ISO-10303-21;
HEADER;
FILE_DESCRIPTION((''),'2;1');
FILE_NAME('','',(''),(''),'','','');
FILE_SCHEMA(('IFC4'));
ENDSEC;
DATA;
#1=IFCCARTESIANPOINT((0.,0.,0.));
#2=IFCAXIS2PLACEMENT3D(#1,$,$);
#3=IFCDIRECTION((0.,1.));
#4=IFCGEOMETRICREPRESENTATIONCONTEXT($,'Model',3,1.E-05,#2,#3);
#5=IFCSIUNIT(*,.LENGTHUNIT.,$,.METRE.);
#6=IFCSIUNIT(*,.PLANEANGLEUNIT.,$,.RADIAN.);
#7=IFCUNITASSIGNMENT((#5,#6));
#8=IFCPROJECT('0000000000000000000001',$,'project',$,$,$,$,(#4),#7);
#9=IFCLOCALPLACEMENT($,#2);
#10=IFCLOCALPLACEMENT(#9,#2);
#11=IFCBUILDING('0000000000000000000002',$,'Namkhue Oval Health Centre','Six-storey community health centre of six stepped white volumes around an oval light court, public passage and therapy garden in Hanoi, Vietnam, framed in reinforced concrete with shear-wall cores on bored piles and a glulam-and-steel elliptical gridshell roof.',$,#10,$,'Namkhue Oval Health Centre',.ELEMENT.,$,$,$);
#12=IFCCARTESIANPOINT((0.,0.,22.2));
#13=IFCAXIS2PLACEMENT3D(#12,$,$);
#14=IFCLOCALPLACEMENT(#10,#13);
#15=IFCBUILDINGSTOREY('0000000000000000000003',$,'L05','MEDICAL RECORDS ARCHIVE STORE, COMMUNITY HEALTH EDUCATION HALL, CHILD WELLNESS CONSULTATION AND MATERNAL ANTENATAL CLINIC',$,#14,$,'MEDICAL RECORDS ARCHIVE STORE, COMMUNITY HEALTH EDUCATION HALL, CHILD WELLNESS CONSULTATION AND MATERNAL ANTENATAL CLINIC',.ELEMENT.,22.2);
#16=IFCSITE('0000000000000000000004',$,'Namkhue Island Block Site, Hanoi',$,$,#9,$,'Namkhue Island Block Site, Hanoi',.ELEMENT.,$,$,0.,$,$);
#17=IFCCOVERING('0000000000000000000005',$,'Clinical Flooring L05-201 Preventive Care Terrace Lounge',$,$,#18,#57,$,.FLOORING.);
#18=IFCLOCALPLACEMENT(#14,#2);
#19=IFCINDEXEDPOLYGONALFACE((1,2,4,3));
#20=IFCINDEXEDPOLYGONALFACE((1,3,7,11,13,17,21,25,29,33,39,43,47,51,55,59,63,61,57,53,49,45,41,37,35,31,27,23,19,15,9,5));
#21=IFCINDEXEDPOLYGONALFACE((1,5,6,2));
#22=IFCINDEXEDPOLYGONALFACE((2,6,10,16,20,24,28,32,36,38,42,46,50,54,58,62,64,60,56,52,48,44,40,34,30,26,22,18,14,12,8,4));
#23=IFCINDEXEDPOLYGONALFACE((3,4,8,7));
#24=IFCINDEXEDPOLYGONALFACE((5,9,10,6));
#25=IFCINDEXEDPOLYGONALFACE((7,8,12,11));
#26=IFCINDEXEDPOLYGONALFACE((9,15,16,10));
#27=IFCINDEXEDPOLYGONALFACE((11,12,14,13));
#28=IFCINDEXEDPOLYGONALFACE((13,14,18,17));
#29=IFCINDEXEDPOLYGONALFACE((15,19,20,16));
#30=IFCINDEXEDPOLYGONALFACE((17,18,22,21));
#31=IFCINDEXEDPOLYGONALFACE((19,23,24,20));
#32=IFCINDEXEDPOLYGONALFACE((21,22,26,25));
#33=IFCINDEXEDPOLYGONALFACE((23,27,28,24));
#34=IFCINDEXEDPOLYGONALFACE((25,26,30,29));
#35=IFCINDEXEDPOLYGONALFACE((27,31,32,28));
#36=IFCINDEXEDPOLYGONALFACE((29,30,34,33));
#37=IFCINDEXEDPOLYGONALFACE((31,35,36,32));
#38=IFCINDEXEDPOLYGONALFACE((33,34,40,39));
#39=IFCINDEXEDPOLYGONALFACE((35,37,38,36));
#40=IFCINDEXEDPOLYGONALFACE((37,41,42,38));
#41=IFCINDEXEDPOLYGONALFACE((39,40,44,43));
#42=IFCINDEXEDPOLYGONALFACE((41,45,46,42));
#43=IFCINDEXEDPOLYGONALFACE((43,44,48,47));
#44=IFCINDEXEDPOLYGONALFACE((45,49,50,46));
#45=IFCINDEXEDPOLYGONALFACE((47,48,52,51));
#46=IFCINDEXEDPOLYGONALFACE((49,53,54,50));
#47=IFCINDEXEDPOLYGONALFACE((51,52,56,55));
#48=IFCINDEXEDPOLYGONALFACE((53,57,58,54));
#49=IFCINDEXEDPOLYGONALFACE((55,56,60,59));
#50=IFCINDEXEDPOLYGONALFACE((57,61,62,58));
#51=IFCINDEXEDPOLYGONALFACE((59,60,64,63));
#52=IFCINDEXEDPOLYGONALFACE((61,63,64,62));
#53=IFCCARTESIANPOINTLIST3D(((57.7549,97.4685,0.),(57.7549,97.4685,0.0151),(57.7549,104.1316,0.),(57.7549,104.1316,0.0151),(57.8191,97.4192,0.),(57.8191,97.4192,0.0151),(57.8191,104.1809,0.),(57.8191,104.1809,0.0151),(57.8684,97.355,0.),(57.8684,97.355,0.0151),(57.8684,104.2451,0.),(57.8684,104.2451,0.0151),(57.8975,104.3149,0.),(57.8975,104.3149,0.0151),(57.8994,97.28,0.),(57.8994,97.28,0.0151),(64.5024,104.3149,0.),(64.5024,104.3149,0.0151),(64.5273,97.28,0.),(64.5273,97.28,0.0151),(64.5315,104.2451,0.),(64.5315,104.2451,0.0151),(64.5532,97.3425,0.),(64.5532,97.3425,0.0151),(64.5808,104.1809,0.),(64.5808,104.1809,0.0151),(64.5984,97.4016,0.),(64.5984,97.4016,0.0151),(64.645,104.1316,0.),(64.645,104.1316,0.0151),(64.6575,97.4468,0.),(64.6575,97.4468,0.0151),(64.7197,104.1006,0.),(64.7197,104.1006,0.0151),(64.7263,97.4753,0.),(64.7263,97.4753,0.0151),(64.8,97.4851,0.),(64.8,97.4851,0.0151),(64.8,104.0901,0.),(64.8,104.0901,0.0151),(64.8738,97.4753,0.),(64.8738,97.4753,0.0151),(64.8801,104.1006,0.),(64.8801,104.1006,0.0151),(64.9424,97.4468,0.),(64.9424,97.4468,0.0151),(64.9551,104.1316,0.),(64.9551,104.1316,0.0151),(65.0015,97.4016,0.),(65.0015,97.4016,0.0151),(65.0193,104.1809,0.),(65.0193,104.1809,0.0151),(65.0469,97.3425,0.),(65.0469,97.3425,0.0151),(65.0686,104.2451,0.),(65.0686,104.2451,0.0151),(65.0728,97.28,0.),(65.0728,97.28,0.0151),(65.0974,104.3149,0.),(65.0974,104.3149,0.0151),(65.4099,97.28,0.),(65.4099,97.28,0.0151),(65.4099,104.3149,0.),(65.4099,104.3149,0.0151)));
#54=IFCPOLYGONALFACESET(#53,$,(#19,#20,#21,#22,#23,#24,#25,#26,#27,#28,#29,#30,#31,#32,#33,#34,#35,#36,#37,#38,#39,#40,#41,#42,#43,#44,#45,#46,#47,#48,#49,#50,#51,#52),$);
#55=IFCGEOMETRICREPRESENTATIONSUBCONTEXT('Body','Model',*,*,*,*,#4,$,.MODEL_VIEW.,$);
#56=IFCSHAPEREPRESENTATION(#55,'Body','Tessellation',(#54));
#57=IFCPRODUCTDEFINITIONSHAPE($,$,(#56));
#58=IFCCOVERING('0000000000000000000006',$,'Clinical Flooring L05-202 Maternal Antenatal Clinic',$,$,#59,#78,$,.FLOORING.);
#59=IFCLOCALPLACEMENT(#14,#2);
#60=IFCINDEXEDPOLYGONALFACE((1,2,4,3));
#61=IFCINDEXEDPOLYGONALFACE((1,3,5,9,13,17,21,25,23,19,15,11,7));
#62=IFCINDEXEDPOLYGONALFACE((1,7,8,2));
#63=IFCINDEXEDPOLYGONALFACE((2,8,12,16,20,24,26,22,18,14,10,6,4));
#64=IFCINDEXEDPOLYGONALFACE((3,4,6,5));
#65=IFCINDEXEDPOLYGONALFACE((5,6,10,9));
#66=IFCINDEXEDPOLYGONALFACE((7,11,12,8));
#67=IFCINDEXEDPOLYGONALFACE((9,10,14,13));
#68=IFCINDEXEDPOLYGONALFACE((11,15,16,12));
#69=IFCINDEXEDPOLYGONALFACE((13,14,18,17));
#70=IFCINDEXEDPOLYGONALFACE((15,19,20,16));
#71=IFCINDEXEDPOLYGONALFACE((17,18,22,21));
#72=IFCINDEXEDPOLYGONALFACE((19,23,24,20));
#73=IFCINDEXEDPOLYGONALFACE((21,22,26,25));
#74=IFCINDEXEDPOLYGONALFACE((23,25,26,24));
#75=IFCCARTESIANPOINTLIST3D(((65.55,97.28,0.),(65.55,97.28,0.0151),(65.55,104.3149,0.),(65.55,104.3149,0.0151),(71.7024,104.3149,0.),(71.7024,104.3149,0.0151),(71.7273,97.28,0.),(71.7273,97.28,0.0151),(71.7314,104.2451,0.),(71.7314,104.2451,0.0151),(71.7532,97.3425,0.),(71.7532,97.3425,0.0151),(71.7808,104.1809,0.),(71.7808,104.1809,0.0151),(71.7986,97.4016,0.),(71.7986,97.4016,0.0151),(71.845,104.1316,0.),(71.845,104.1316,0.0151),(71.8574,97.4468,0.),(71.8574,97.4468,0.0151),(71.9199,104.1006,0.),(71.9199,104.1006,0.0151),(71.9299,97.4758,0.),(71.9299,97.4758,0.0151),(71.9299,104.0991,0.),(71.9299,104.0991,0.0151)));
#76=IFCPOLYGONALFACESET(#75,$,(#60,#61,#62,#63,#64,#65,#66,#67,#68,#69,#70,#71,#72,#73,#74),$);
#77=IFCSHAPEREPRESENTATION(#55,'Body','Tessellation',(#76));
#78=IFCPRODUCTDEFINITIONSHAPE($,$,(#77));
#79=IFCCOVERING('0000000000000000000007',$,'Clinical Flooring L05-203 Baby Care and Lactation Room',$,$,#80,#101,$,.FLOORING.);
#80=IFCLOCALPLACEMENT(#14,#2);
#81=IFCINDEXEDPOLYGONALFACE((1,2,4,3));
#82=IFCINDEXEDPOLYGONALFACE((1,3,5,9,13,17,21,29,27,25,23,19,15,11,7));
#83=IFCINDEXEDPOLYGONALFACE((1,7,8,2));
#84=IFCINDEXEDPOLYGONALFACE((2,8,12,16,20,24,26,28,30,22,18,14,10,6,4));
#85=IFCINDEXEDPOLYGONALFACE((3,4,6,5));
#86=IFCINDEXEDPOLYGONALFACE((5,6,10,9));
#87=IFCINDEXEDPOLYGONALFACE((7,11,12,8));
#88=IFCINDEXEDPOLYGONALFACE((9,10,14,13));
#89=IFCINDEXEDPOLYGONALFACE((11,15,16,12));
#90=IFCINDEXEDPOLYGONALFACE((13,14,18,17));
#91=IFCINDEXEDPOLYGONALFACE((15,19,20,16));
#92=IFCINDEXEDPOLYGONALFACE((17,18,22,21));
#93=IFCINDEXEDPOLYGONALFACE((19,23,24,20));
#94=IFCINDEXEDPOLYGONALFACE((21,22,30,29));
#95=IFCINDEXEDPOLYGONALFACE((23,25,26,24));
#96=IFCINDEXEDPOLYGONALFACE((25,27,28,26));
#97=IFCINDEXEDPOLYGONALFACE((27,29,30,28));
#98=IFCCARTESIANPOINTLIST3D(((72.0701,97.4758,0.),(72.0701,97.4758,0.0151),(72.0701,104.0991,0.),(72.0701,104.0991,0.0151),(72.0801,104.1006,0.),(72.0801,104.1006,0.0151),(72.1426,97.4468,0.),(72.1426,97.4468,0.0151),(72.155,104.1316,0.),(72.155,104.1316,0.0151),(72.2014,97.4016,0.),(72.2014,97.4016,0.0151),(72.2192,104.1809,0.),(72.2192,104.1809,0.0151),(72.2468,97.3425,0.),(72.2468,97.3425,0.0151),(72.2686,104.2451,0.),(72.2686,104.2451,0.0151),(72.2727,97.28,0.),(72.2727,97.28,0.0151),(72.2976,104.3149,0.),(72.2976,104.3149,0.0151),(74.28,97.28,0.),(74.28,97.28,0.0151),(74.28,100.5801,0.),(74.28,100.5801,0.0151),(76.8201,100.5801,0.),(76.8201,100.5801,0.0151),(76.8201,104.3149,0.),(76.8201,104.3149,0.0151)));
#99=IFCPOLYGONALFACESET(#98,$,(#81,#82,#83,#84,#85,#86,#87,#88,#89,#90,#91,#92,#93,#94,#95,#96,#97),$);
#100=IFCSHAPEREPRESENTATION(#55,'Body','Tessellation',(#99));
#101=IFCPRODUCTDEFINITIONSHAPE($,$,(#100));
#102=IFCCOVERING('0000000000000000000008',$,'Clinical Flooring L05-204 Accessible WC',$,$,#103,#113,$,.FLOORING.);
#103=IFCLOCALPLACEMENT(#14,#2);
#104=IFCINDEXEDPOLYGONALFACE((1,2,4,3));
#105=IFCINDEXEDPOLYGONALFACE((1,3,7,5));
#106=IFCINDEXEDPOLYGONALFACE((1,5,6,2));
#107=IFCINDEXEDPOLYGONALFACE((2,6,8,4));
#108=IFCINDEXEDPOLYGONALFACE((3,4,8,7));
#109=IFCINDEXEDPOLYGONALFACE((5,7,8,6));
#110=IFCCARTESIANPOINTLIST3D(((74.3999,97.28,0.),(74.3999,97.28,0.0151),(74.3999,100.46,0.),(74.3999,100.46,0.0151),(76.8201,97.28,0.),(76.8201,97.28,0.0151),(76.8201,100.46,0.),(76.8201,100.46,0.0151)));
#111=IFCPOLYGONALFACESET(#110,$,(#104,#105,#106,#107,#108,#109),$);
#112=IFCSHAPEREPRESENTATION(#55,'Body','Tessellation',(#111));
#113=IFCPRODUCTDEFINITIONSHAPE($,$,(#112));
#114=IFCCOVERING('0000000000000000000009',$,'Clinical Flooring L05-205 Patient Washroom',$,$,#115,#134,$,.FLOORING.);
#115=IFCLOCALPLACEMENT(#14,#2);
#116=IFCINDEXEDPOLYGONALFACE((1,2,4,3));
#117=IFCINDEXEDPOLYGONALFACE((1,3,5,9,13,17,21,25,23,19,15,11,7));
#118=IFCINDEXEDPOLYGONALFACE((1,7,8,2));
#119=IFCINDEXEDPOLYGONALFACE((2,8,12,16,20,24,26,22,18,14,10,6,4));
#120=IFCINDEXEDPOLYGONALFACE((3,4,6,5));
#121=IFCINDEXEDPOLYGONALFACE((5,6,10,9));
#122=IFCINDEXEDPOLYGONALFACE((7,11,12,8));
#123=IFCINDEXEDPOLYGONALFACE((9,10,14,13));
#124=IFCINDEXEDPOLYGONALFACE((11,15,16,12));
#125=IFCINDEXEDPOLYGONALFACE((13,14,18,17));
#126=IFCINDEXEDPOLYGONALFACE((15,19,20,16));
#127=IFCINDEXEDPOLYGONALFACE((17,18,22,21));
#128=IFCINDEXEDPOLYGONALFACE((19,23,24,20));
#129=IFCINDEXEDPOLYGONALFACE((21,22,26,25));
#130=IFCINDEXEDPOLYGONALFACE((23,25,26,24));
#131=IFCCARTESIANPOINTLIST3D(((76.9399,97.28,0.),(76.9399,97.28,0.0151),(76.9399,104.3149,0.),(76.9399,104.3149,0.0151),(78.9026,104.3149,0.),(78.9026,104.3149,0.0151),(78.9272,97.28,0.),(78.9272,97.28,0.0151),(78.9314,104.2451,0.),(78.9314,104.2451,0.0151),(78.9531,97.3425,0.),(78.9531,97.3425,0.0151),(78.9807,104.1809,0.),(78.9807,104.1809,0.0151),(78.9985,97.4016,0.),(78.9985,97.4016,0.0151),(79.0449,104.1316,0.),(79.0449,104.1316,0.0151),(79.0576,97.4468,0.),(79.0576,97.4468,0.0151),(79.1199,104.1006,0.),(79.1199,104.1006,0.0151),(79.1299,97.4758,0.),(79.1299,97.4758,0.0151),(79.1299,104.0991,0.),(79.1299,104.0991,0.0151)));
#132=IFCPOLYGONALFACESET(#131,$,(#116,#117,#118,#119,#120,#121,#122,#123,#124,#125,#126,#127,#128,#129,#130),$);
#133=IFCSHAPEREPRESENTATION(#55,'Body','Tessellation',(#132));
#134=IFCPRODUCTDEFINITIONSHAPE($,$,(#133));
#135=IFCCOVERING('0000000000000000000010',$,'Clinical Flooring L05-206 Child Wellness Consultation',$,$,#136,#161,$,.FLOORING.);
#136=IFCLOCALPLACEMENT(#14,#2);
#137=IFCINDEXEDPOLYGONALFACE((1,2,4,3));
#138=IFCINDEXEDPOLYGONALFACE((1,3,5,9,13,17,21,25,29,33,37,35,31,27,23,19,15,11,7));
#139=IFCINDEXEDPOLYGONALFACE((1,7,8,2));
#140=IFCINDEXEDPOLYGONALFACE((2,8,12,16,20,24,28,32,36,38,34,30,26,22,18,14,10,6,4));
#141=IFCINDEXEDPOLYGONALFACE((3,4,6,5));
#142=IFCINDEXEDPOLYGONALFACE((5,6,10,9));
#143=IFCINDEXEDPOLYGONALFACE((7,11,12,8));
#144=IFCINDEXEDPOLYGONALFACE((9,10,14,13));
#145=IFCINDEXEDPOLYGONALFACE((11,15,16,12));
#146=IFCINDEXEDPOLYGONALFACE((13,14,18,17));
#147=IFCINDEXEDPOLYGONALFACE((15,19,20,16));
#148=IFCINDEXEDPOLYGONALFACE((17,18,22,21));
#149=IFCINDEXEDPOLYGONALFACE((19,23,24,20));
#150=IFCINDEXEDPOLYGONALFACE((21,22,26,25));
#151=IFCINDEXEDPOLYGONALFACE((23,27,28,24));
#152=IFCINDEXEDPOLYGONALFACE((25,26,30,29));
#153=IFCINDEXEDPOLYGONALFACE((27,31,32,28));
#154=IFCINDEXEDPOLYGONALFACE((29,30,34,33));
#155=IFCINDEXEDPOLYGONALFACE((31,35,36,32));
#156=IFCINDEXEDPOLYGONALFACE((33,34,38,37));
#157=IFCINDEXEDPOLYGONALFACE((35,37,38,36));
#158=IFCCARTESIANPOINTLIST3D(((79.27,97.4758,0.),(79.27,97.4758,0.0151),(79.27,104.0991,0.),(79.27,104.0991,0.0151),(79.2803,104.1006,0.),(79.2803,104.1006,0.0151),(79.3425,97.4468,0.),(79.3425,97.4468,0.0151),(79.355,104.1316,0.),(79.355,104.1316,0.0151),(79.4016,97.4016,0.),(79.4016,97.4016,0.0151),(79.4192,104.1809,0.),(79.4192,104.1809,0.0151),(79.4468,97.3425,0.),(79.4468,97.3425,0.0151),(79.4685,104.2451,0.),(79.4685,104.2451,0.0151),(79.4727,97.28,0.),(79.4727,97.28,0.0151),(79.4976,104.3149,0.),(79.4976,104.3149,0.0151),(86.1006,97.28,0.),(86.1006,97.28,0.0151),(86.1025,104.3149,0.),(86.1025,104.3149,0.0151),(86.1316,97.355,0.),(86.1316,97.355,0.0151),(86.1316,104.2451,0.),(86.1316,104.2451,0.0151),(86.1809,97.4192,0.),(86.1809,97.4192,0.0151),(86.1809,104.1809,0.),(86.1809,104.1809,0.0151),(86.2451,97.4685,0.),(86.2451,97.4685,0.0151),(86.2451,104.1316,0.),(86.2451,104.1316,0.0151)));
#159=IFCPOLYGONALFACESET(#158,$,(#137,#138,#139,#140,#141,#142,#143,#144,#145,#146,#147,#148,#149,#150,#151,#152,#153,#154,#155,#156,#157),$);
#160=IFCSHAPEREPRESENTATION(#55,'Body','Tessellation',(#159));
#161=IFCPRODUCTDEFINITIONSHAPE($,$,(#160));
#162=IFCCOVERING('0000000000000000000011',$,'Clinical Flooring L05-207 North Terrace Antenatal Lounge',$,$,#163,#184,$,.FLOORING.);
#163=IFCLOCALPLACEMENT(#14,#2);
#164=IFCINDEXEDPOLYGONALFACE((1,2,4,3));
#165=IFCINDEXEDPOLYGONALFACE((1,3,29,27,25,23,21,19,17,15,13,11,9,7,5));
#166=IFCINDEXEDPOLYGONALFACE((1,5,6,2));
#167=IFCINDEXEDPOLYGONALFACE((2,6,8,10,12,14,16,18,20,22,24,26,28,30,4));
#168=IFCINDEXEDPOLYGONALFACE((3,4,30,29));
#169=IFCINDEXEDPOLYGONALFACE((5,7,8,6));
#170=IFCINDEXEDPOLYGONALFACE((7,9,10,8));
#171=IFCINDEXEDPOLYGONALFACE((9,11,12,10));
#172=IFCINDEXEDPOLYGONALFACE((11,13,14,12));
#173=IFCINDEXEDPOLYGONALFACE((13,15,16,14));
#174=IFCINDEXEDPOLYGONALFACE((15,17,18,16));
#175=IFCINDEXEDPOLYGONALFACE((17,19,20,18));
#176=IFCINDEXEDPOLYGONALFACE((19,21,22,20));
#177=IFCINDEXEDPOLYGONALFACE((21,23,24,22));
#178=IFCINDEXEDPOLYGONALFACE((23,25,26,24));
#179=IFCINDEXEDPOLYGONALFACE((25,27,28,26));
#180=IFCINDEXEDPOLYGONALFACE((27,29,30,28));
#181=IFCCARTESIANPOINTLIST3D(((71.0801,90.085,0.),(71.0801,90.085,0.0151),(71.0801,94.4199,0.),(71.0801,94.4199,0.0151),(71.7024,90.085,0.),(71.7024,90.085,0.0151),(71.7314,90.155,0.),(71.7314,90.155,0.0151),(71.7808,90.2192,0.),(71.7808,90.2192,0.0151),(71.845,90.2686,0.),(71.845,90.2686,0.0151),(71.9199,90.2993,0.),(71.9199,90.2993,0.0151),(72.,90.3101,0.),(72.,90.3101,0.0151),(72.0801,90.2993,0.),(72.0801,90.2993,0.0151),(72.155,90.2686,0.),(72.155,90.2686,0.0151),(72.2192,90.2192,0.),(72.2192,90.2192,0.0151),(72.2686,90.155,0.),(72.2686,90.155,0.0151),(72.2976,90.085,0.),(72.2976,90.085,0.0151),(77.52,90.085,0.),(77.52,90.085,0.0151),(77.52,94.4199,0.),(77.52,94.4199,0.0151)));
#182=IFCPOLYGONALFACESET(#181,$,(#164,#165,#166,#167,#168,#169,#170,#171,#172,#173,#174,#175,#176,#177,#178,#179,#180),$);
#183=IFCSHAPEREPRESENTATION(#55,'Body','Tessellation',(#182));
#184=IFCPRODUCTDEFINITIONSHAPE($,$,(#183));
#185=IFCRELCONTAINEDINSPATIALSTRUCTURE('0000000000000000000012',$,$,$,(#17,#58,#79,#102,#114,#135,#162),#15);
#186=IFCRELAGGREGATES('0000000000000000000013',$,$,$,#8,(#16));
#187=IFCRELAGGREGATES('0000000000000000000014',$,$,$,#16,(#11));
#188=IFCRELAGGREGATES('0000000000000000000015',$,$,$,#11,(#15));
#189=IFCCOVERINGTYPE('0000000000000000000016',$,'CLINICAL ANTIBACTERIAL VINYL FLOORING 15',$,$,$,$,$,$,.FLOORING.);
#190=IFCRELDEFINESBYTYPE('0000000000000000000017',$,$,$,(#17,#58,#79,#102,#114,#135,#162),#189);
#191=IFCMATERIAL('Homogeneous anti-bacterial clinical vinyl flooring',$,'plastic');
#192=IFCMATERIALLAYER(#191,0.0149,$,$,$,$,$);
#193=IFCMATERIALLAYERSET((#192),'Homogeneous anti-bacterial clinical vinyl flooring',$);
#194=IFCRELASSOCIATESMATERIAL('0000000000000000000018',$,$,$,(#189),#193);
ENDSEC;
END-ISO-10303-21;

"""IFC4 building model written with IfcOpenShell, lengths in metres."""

from ifc_helpers import new_model, si_unit, direction, frame, origin, place, context, subcontext, project, spatial, polyline, outline, extrude, material, layer, layer_set, type_object, element, save


model = new_model("IFC4")

# Units and contexts
model_context = context("Model", 3, precision=1e-05, world=origin(), true_north=direction((0.0, 1.0)))
body_context = subcontext(model_context, "Body", "Model", "MODEL_VIEW")
ifc_project = project(units=[si_unit("LENGTHUNIT", "METRE"), si_unit("PLANEANGLEUNIT", "RADIAN")], contexts=[model_context])

# Site, building, storey
site_placement = place(None, origin())
site = spatial("IfcSite", under=ifc_project, at=site_placement, Name="Namkhue Island Block Site, Hanoi", LongName="Namkhue Island Block Site, Hanoi", CompositionType="ELEMENT", RefElevation=0.0)
building_placement = place(site_placement, origin())
building = spatial("IfcBuilding", under=site, at=building_placement, Name="Namkhue Oval Health Centre", Description="Six-storey community health centre of six stepped white volumes around an oval light court, public passage and therapy garden in Hanoi, Vietnam, framed in reinforced concrete with shear-wall cores on bored piles and a glulam-and-steel elliptical gridshell roof.", LongName="Namkhue Oval Health Centre", CompositionType="ELEMENT")
storey_placement = place(building_placement, frame((0.0, 0.0, 22.2)))
storey = spatial("IfcBuildingStorey", under=building, at=storey_placement, Name="L05", Description="MEDICAL RECORDS ARCHIVE STORE, COMMUNITY HEALTH EDUCATION HALL, CHILD WELLNESS CONSULTATION AND MATERNAL ANTENATAL CLINIC", LongName="MEDICAL RECORDS ARCHIVE STORE, COMMUNITY HEALTH EDUCATION HALL, CHILD WELLNESS CONSULTATION AND MATERNAL ANTENATAL CLINIC", CompositionType="ELEMENT", Elevation=22.2)

# Coverings
ifc_material_1 = material(Name="Homogeneous anti-bacterial clinical vinyl flooring", Category="plastic")
ifc_layer_1 = layer(ifc_material_1, 0.0149)
ifc_layer_set_1 = layer_set([ifc_layer_1], Name="Homogeneous anti-bacterial clinical vinyl flooring")
covering_type = type_object("IfcCoveringType", Name="CLINICAL ANTIBACTERIAL VINYL FLOORING 15", PredefinedType="FLOORING", material=ifc_layer_set_1)
covering_1_placement = place(storey_placement, origin())
element("IfcCovering", 1, at=covering_1_placement, inside=storey, type_object=covering_type, Name="Clinical Flooring L05-201 Preventive Care Terrace Lounge", PredefinedType="FLOORING", context=body_context, shape_type="SweptSolid", body=[
    extrude(outline(polyline([(65.0728, 97.28), (65.0469, 97.3425), (65.0015, 97.4016), (64.9424, 97.4468), (64.8738, 97.4753), (64.8, 97.4851), (64.7263, 97.4753), (64.6575, 97.4468), (64.5984, 97.4016), (64.5532, 97.3425), (64.5273, 97.28), (57.8994, 97.28), (57.8684, 97.355), (57.8191, 97.4192), (57.7549, 97.4685), (57.7549, 104.1316), (57.8191, 104.1809), (57.8684, 104.2451), (57.8975, 104.3149), (64.5024, 104.3149), (64.5315, 104.2451), (64.5808, 104.1809), (64.645, 104.1316), (64.7197, 104.1006), (64.8, 104.0901), (64.8801, 104.1006), (64.9551, 104.1316), (65.0193, 104.1809), (65.0686, 104.2451), (65.0974, 104.3149), (65.4099, 104.3149), (65.4099, 97.28), (65.0728, 97.28)])), origin(), (0.0, 0.0, 1.0), 0.0151),
])
covering_2_placement = place(storey_placement, origin())
element("IfcCovering", 2, at=covering_2_placement, inside=storey, type_object=covering_type, Name="Clinical Flooring L05-202 Maternal Antenatal Clinic", PredefinedType="FLOORING", context=body_context, shape_type="SweptSolid", body=[
    extrude(outline(polyline([(65.55, 97.28), (65.55, 104.3149), (71.7024, 104.3149), (71.7314, 104.2451), (71.7808, 104.1809), (71.845, 104.1316), (71.9199, 104.1006), (71.9299, 104.0991), (71.9299, 97.4758), (71.8574, 97.4468), (71.7986, 97.4016), (71.7532, 97.3425), (71.7273, 97.28), (65.55, 97.28)])), origin(), (0.0, 0.0, 1.0), 0.0151),
])
covering_3_placement = place(storey_placement, origin())
element("IfcCovering", 3, at=covering_3_placement, inside=storey, type_object=covering_type, Name="Clinical Flooring L05-203 Baby Care and Lactation Room", PredefinedType="FLOORING", context=body_context, shape_type="SweptSolid", body=[
    extrude(outline(polyline([(76.8201, 104.3149), (76.8201, 100.5801), (74.28, 100.5801), (74.28, 97.28), (72.2727, 97.28), (72.2468, 97.3425), (72.2014, 97.4016), (72.1426, 97.4468), (72.0701, 97.4758), (72.0701, 104.0991), (72.0801, 104.1006), (72.155, 104.1316), (72.2192, 104.1809), (72.2686, 104.2451), (72.2976, 104.3149), (76.8201, 104.3149)])), origin(), (0.0, 0.0, 1.0), 0.0151),
])
covering_4_placement = place(storey_placement, origin())
element("IfcCovering", 4, at=covering_4_placement, inside=storey, type_object=covering_type, Name="Clinical Flooring L05-204 Accessible WC", PredefinedType="FLOORING", context=body_context, shape_type="SweptSolid", body=[
    extrude(outline(polyline([(76.8201, 100.46), (76.8201, 97.28), (74.3999, 97.28), (74.3999, 100.46), (76.8201, 100.46)])), origin(), (0.0, 0.0, 1.0), 0.0151),
])
covering_5_placement = place(storey_placement, origin())
element("IfcCovering", 5, at=covering_5_placement, inside=storey, type_object=covering_type, Name="Clinical Flooring L05-205 Patient Washroom", PredefinedType="FLOORING", context=body_context, shape_type="SweptSolid", body=[
    extrude(outline(polyline([(76.9399, 97.28), (76.9399, 104.3149), (78.9026, 104.3149), (78.9314, 104.2451), (78.9807, 104.1809), (79.0449, 104.1316), (79.1199, 104.1006), (79.1299, 104.0991), (79.1299, 97.4758), (79.0576, 97.4468), (78.9985, 97.4016), (78.9531, 97.3425), (78.9272, 97.28), (76.9399, 97.28)])), origin(), (0.0, 0.0, 1.0), 0.0151),
])
covering_6_placement = place(storey_placement, origin())
element("IfcCovering", 6, at=covering_6_placement, inside=storey, type_object=covering_type, Name="Clinical Flooring L05-206 Child Wellness Consultation", PredefinedType="FLOORING", context=body_context, shape_type="SweptSolid", body=[
    extrude(outline(polyline([(79.4727, 97.28), (79.4468, 97.3425), (79.4016, 97.4016), (79.3425, 97.4468), (79.27, 97.4758), (79.27, 104.0991), (79.2803, 104.1006), (79.355, 104.1316), (79.4192, 104.1809), (79.4685, 104.2451), (79.4976, 104.3149), (86.1025, 104.3149), (86.1316, 104.2451), (86.1809, 104.1809), (86.2451, 104.1316), (86.2451, 97.4685), (86.1809, 97.4192), (86.1316, 97.355), (86.1006, 97.28), (79.4727, 97.28)])), origin(), (0.0, 0.0, 1.0), 0.0151),
])
covering_7_placement = place(storey_placement, origin())
element("IfcCovering", 7, at=covering_7_placement, inside=storey, type_object=covering_type, Name="Clinical Flooring L05-207 North Terrace Antenatal Lounge", PredefinedType="FLOORING", context=body_context, shape_type="SweptSolid", body=[
    extrude(outline(polyline([(72.2976, 90.085), (72.2686, 90.155), (72.2192, 90.2192), (72.155, 90.2686), (72.0801, 90.2993), (72.0, 90.3101), (71.9199, 90.2993), (71.845, 90.2686), (71.7808, 90.2192), (71.7314, 90.155), (71.7024, 90.085), (71.0801, 90.085), (71.0801, 94.4199), (77.52, 94.4199), (77.52, 90.085), (72.2976, 90.085)])), origin(), (0.0, 0.0, 1.0), 0.0151),
])

save(model, "model.ifc")
